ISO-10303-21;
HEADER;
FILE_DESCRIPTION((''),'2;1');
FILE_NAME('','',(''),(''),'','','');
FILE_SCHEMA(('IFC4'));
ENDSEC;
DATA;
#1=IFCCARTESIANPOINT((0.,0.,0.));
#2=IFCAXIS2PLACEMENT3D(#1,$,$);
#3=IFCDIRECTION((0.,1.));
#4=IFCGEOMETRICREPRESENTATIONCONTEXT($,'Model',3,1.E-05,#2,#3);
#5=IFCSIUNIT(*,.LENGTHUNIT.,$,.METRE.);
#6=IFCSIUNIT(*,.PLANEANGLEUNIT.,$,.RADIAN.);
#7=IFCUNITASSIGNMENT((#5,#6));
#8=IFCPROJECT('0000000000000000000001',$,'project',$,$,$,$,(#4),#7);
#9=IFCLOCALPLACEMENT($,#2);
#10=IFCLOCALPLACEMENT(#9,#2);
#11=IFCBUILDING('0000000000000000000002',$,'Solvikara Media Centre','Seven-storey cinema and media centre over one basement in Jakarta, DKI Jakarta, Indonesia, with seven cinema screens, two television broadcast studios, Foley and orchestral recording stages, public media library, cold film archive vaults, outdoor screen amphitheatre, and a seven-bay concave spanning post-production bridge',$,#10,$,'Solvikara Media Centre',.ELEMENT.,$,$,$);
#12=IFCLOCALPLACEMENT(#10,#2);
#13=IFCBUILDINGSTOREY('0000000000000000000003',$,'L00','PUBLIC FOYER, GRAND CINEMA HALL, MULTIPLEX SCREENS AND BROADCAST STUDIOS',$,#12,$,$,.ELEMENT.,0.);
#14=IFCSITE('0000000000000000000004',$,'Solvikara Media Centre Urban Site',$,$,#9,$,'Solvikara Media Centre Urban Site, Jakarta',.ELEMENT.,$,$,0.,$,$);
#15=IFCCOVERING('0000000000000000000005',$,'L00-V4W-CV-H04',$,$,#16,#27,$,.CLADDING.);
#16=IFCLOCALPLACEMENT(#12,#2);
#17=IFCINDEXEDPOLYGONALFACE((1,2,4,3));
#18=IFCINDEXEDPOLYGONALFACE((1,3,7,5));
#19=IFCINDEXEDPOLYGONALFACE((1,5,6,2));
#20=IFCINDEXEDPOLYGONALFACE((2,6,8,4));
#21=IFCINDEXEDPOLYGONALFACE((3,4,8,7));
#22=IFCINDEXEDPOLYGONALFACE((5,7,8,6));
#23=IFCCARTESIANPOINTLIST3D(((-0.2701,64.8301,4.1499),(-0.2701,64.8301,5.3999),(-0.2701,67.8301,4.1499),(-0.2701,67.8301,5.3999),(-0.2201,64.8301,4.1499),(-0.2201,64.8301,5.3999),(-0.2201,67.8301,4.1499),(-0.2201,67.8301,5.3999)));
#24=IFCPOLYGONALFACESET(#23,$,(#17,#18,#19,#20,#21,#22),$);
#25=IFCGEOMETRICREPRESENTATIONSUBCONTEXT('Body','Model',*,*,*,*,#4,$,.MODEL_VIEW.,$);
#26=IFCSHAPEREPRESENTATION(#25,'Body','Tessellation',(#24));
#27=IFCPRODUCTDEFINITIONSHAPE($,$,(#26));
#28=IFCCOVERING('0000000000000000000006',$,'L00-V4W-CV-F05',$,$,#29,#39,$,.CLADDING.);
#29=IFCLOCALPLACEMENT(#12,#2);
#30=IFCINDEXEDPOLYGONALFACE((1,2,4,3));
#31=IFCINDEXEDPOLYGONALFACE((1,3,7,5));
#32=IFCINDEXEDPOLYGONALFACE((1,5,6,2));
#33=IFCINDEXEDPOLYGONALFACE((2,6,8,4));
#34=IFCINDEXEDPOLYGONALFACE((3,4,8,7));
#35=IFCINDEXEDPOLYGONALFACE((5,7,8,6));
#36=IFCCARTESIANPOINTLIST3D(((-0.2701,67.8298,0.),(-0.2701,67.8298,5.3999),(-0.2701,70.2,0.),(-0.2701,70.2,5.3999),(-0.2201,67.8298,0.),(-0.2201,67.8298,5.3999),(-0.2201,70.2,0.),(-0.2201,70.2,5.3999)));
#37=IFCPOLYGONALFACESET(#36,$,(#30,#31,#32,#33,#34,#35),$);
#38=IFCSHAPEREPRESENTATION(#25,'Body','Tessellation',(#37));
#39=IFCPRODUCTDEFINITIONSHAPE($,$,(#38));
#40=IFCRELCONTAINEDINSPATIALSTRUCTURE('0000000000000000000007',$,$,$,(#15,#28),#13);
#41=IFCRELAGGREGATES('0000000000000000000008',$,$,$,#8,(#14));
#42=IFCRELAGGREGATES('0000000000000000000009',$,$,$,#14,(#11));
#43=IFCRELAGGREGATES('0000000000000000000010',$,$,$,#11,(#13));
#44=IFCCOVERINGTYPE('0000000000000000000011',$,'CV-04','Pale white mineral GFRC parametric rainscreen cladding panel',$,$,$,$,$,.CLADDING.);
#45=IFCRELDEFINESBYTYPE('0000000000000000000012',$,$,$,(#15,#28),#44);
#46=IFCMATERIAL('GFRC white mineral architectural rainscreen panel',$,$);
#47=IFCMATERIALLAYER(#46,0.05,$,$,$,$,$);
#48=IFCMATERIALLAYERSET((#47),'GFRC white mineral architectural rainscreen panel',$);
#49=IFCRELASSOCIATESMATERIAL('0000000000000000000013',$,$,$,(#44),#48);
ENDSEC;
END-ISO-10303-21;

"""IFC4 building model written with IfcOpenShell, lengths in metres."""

from ifc_helpers import new_model, si_unit, direction, frame, origin, origin_2d, place, context, subcontext, project, spatial, rectangle, extrude, material, layer, layer_set, type_object, element, save


model = new_model("IFC4")

# Units and contexts
model_context = context("Model", 3, precision=1e-05, world=origin(), true_north=direction((0.0, 1.0)))
body_context = subcontext(model_context, "Body", "Model", "MODEL_VIEW")
ifc_project = project(units=[si_unit("LENGTHUNIT", "METRE"), si_unit("PLANEANGLEUNIT", "RADIAN")], contexts=[model_context])

# Site, building, storey
site_placement = place(None, origin())
site = spatial("IfcSite", under=ifc_project, at=site_placement, Name="Solvikara Media Centre Urban Site", LongName="Solvikara Media Centre Urban Site, Jakarta", CompositionType="ELEMENT", RefElevation=0.0)
building_placement = place(site_placement, origin())
building = spatial("IfcBuilding", under=site, at=building_placement, Name="Solvikara Media Centre", Description="Seven-storey cinema and media centre over one basement in Jakarta, DKI Jakarta, Indonesia, with seven cinema screens, two television broadcast studios, Foley and orchestral recording stages, public media library, cold film archive vaults, outdoor screen amphitheatre, and a seven-bay concave spanning post-production bridge", LongName="Solvikara Media Centre", CompositionType="ELEMENT")
storey_placement = place(building_placement, origin())
storey = spatial("IfcBuildingStorey", under=building, at=storey_placement, Name="L00", Description="PUBLIC FOYER, GRAND CINEMA HALL, MULTIPLEX SCREENS AND BROADCAST STUDIOS", CompositionType="ELEMENT", Elevation=0.0)

# Coverings
ifc_material_1 = material(Name="GFRC white mineral architectural rainscreen panel")
ifc_layer_1 = layer(ifc_material_1, 0.05)
ifc_layer_set_1 = layer_set([ifc_layer_1], Name="GFRC white mineral architectural rainscreen panel")
covering_type = type_object("IfcCoveringType", Name="CV-04", Description="Pale white mineral GFRC parametric rainscreen cladding panel", PredefinedType="CLADDING", material=ifc_layer_set_1)
covering_1_placement = place(storey_placement, frame((-0.2451, 66.3301, 4.1499), z_axis=(0.0, 0.0, 1.0), x_axis=(0.0, 1.0, 0.0)))
element("IfcCovering", 1, at=covering_1_placement, inside=storey, type_object=covering_type, Name="L00-V4W-CV-H04", PredefinedType="CLADDING", context=body_context, shape_type="SweptSolid", body=[
    extrude(rectangle(XDim=3.0, YDim=0.05, at=origin_2d()), origin(), (0.0, 0.0, 1.0), 1.25),
])
covering_2_placement = place(storey_placement, frame((-0.2451, 69.0149, 0.0), z_axis=(0.0, 0.0, 1.0), x_axis=(0.0, 1.0, 0.0)))
element("IfcCovering", 2, at=covering_2_placement, inside=storey, type_object=covering_type, Name="L00-V4W-CV-F05", PredefinedType="CLADDING", context=body_context, shape_type="SweptSolid", body=[
    extrude(rectangle(XDim=2.3701, YDim=0.05, at=origin_2d()), origin(), (0.0, 0.0, 1.0), 5.3999),
])

save(model, "model.ifc")
